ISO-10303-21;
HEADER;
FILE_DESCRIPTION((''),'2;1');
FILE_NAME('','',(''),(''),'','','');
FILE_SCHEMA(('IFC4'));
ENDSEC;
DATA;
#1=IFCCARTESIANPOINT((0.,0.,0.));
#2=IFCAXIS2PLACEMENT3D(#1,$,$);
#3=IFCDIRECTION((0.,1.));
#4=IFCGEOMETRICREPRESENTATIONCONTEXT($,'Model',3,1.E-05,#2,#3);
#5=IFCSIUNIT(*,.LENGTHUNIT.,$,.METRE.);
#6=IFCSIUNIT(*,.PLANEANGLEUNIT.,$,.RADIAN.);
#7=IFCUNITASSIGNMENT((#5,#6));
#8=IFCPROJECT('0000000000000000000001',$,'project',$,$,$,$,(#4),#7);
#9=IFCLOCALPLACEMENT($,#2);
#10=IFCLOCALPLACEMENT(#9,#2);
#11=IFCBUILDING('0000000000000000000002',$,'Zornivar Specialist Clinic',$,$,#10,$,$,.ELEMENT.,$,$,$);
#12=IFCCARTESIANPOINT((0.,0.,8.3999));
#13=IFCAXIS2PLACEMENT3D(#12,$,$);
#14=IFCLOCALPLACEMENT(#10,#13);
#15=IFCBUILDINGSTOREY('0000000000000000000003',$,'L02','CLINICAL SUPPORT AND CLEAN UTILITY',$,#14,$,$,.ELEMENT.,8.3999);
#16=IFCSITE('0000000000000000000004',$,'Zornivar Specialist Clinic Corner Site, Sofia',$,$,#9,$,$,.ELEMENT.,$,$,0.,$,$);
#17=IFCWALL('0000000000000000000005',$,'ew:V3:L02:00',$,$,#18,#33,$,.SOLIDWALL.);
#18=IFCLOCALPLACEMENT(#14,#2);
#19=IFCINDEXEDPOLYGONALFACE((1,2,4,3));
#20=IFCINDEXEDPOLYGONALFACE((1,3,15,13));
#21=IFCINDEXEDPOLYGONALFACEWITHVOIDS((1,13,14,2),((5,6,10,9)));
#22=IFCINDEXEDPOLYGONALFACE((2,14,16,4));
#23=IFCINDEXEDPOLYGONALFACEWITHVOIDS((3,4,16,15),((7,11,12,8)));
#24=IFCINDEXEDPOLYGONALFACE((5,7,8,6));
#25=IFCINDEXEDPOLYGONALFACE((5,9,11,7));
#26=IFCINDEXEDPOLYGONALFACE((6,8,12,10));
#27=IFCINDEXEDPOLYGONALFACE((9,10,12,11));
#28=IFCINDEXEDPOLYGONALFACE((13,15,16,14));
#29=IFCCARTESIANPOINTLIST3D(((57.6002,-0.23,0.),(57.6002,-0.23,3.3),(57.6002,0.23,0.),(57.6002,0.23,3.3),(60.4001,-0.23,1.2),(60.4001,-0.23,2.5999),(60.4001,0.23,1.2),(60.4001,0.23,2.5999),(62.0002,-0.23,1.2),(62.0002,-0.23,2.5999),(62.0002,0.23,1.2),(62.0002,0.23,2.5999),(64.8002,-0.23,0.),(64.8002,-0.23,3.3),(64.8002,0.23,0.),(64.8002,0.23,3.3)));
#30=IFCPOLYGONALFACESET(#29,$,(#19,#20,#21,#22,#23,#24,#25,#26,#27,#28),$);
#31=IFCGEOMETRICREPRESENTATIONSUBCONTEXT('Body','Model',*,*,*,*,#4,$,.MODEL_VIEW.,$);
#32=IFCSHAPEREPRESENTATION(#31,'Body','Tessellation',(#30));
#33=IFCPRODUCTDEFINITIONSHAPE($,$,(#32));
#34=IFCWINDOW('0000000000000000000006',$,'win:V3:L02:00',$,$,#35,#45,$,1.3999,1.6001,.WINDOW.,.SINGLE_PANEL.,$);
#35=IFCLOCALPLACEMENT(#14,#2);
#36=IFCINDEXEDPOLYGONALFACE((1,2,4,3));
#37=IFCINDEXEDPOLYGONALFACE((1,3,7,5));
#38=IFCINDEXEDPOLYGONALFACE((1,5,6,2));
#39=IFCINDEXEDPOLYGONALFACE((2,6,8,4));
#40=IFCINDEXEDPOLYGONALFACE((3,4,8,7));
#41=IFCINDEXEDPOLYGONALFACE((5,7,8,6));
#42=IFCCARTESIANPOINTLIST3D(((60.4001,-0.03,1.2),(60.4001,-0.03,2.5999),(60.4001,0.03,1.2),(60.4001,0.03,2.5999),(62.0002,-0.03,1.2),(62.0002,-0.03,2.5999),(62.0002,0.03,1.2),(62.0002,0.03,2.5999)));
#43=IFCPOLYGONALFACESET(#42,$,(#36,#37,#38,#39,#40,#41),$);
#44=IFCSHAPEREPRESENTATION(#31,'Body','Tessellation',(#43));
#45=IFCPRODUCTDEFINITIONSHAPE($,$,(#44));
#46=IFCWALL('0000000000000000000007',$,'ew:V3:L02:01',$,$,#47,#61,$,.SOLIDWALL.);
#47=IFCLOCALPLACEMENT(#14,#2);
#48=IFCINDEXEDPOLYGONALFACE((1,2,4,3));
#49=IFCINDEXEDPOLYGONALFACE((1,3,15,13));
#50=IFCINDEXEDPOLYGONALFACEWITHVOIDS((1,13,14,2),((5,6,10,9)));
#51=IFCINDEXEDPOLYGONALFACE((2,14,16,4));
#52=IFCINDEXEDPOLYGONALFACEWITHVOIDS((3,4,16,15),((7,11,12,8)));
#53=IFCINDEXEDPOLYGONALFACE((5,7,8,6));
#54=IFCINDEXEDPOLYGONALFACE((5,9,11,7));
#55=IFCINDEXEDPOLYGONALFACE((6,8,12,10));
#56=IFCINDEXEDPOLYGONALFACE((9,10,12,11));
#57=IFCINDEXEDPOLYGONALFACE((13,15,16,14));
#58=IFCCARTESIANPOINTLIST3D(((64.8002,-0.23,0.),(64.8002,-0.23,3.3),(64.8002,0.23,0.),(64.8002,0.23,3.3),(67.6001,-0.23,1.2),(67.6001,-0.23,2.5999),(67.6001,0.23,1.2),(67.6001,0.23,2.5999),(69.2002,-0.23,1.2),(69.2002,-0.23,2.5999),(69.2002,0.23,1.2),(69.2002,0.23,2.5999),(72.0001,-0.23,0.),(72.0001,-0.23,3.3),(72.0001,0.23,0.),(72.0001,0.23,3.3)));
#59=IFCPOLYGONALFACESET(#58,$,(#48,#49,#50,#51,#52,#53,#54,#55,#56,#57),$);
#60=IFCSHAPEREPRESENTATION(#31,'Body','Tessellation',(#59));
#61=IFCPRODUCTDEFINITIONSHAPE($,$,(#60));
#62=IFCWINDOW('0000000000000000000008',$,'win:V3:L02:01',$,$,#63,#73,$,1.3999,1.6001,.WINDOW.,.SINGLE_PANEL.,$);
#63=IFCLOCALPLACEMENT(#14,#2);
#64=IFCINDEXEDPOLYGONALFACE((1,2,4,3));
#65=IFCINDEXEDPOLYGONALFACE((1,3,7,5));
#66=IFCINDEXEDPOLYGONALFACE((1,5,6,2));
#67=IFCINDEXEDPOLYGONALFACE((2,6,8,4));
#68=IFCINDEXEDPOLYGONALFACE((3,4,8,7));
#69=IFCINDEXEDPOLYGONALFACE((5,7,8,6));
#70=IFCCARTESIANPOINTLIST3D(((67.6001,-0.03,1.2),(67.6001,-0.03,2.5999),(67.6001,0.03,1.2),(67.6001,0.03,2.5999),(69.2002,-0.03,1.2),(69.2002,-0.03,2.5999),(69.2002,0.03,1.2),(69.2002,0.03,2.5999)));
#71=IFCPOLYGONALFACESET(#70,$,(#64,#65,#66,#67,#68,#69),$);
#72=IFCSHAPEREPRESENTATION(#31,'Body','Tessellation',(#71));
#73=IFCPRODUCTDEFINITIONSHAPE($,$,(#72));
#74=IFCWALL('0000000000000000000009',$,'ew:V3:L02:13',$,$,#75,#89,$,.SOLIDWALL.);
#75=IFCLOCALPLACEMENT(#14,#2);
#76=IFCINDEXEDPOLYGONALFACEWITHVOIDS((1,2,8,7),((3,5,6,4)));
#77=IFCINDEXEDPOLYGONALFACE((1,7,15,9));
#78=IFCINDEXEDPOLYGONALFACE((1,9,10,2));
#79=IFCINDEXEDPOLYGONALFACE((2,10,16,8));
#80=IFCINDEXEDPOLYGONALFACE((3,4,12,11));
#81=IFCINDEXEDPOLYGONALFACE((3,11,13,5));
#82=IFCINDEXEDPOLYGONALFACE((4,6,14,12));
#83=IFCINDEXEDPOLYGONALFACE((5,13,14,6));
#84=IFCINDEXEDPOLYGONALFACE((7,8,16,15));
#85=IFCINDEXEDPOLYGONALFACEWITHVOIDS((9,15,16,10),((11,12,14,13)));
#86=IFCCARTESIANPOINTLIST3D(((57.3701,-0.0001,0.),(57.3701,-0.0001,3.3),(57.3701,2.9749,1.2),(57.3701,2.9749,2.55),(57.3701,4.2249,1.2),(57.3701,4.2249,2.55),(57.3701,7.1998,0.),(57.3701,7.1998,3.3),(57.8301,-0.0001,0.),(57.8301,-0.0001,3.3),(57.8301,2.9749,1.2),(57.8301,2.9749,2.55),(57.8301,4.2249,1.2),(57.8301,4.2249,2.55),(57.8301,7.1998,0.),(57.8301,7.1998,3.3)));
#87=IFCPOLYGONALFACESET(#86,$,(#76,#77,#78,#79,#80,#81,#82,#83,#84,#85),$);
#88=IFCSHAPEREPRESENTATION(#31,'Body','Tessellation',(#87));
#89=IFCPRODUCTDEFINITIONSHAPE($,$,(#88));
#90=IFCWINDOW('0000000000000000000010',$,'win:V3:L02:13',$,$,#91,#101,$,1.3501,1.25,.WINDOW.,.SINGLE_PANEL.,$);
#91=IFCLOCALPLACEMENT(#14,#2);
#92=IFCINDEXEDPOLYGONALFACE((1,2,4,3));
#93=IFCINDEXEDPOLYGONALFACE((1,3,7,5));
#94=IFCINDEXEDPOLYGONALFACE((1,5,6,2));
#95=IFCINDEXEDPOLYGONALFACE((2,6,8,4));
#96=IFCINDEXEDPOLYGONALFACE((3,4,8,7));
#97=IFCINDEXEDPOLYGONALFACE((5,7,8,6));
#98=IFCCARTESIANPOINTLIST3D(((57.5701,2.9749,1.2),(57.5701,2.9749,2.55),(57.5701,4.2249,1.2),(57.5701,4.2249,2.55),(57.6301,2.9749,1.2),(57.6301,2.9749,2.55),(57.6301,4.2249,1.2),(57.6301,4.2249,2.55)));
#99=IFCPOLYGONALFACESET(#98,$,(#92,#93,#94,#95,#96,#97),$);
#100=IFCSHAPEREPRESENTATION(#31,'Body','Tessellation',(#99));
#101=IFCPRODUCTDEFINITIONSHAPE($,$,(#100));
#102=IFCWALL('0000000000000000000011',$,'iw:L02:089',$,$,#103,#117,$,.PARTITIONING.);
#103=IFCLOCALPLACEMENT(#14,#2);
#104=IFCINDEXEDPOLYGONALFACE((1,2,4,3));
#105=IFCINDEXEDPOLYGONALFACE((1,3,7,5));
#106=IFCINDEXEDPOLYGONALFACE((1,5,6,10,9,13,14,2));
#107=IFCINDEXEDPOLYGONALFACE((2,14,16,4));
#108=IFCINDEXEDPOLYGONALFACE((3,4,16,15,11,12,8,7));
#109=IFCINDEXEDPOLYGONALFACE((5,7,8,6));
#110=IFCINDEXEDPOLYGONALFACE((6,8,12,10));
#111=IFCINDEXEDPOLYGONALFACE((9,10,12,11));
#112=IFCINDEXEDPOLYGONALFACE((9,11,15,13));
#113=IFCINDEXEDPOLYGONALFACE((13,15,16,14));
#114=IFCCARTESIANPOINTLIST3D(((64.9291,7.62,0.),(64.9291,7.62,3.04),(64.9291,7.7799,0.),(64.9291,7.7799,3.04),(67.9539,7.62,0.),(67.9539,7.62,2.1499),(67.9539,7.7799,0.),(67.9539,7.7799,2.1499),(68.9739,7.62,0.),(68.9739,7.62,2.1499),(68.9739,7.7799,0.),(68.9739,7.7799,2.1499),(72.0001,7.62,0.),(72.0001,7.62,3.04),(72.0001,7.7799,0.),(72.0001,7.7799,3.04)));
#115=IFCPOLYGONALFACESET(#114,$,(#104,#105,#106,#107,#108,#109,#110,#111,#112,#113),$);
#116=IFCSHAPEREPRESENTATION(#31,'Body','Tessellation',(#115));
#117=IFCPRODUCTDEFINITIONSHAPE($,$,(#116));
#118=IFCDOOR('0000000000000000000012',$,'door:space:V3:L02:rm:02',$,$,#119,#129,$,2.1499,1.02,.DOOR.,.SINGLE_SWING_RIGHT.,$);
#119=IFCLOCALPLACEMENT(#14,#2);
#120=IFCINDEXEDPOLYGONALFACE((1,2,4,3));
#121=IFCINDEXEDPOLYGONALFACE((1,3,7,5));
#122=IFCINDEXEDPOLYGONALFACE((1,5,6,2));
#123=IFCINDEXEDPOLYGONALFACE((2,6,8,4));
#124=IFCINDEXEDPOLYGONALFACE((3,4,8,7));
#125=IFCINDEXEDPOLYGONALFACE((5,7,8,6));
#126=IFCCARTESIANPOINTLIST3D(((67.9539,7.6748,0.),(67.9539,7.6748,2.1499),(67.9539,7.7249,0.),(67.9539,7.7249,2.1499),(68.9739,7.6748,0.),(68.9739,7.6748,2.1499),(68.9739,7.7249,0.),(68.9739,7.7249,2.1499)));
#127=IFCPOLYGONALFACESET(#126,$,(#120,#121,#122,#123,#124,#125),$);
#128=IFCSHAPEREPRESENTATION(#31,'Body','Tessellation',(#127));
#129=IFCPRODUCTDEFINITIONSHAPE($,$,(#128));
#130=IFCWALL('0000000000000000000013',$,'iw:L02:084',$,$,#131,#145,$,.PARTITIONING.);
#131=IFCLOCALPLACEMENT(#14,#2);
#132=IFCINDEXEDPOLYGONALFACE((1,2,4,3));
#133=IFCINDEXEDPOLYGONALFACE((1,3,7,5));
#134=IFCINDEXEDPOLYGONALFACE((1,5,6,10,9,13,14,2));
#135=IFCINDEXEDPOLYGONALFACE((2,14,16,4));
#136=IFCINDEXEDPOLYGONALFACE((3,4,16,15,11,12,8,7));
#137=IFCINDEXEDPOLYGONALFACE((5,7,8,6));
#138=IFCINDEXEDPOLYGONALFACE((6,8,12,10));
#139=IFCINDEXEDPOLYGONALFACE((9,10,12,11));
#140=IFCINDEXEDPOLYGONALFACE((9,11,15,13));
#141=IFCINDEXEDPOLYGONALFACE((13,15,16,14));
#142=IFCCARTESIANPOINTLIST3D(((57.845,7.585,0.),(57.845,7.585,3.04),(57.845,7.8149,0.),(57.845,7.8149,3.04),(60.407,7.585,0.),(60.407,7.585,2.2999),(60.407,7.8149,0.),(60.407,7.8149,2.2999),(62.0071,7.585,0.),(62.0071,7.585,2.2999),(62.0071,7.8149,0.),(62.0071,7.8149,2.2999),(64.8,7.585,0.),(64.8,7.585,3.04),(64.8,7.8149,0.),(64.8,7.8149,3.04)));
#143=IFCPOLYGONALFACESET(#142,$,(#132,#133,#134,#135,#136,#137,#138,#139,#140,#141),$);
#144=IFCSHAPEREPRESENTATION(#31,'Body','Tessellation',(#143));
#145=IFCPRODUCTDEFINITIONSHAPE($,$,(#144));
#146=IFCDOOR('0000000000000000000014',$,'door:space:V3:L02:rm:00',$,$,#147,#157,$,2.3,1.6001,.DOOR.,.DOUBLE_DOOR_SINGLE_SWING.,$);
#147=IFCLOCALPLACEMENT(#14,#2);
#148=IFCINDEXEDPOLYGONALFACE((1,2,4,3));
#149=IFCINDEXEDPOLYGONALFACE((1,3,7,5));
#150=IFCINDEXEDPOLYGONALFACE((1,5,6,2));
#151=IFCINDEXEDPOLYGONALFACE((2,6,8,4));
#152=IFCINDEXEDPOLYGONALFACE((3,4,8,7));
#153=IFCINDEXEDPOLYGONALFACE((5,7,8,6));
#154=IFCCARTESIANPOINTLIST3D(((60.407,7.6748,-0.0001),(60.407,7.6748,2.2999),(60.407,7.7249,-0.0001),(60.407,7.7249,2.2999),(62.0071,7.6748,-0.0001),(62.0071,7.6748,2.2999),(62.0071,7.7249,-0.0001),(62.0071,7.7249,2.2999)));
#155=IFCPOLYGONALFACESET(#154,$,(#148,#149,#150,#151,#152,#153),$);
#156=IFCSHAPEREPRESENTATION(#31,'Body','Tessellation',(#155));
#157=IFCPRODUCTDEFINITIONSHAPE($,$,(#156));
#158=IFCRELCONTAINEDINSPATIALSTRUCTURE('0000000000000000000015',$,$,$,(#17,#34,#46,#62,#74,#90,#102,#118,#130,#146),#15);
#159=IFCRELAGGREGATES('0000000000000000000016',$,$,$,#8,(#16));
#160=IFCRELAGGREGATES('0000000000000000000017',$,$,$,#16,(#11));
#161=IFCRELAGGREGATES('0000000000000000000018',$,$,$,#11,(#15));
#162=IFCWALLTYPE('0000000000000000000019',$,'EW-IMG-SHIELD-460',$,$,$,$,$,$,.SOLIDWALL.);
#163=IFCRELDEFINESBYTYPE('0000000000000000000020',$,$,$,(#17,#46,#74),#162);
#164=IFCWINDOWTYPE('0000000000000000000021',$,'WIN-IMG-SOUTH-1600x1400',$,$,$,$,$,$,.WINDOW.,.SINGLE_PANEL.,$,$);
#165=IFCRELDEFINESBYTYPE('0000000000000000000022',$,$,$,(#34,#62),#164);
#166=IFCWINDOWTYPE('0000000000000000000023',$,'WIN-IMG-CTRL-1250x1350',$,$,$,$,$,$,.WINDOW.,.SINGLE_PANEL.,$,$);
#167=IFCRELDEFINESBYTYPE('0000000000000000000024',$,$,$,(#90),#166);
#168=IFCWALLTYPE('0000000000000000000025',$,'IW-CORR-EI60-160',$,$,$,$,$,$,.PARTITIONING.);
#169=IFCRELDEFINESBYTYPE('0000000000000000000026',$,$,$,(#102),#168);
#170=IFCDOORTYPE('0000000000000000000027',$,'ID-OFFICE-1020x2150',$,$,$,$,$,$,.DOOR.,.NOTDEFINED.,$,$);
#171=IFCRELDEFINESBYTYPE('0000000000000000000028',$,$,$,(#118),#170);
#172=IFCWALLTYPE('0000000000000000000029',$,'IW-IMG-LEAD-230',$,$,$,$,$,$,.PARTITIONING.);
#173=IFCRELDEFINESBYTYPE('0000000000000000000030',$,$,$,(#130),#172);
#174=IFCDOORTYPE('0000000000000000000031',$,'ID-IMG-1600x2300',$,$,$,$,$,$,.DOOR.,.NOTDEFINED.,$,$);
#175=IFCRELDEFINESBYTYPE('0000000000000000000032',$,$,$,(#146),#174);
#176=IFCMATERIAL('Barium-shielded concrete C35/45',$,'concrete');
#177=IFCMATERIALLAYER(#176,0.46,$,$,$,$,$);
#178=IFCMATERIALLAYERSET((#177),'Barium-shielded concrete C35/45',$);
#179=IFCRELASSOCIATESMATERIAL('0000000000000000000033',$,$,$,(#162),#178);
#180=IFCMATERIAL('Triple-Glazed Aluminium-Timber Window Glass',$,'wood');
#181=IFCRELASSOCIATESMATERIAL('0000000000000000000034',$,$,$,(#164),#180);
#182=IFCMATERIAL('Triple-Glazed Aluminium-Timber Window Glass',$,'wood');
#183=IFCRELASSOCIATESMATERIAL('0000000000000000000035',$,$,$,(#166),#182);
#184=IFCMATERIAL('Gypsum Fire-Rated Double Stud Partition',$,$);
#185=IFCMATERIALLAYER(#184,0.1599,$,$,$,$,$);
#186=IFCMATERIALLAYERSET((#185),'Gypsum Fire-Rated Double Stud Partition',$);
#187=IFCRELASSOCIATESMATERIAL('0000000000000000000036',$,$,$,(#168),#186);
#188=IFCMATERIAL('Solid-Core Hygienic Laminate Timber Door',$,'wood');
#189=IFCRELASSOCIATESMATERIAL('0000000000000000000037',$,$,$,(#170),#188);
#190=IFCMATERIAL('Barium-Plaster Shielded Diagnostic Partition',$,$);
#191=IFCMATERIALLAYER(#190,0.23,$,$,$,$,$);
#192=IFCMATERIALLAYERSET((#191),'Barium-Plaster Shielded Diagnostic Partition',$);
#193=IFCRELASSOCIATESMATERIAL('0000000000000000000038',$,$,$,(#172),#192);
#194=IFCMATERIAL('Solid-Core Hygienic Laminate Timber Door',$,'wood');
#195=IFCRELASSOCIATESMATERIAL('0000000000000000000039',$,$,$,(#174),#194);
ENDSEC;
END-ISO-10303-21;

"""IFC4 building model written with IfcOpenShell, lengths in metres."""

from ifc_helpers import new_model, si_unit, direction, frame, frame_2d, origin, place, context, subcontext, project, spatial, rectangle, extrude, material, layer, layer_set, type_object, element, fill, save


model = new_model("IFC4")

# Units and contexts
model_context = context("Model", 3, precision=1e-05, world=origin(), true_north=direction((0.0, 1.0)))
body_context = subcontext(model_context, "Body", "Model", "MODEL_VIEW")
ifc_project = project(units=[si_unit("LENGTHUNIT", "METRE"), si_unit("PLANEANGLEUNIT", "RADIAN")], contexts=[model_context])

# Site, building, storey
site_placement = place(None, origin())
site = spatial("IfcSite", under=ifc_project, at=site_placement, Name="Zornivar Specialist Clinic Corner Site, Sofia", CompositionType="ELEMENT", RefElevation=0.0)
building_placement = place(site_placement, origin())
building = spatial("IfcBuilding", under=site, at=building_placement, Name="Zornivar Specialist Clinic", CompositionType="ELEMENT")
storey_placement = place(building_placement, frame((0.0, 0.0, 8.3999)))
storey = spatial("IfcBuildingStorey", under=building, at=storey_placement, Name="L02", Description="CLINICAL SUPPORT AND CLEAN UTILITY", CompositionType="ELEMENT", Elevation=8.3999)

# Walls, openings, windows
ifc_material_1 = material(Name="Barium-shielded concrete C35/45", Category="concrete")
ifc_layer_1 = layer(ifc_material_1, 0.46)
ifc_layer_set_1 = layer_set([ifc_layer_1], Name="Barium-shielded concrete C35/45")
wall_type_1 = type_object("IfcWallType", Name="EW-IMG-SHIELD-460", PredefinedType="SOLIDWALL", material=ifc_layer_set_1)
wall_1_placement = place(storey_placement, frame((57.6001, 0.0, 0.0), z_axis=(0.0, 0.0, 1.0), x_axis=(1.0, 0.0, 0.0)))
wall_1 = element("IfcWall", 1, at=wall_1_placement, inside=storey, type_object=wall_type_1, Name="ew:V3:L02:00", PredefinedType="SOLIDWALL", context=body_context, shape_type="SweptSolid", body=[
    extrude(rectangle(XDim=7.2, YDim=0.46, at=frame_2d((3.6001, 0.0))), origin(), (0.0, 0.0, 1.0), 3.3),
])
opening_1_placement = place(wall_1_placement, frame((2.8, 0.0, 1.2)))
opening_1 = element("IfcOpeningElement", 2, at=opening_1_placement, cuts=wall_1, PredefinedType="OPENING", context=body_context, shape_type="SweptSolid", body=[
    extrude(rectangle(XDim=1.6001, YDim=1.3999, at=frame_2d((0.8, 0.7))), frame((0.0, 0.24, 0.0), z_axis=(0.0, -1.0, 0.0), x_axis=(1.0, 0.0, 0.0)), (0.0, 0.0, 1.0), 0.48),
])
ifc_material_2 = material(Name="Triple-Glazed Aluminium-Timber Window Glass", Category="wood")
window_type_1 = type_object("IfcWindowType", Name="WIN-IMG-SOUTH-1600x1400", PartitioningType="SINGLE_PANEL", PredefinedType="WINDOW", material=ifc_material_2)
window_1_placement = place(opening_1_placement, origin())
window_1 = element("IfcWindow", 3, at=window_1_placement, inside=storey, type_object=window_type_1, Name="win:V3:L02:00", OverallHeight=1.3999, OverallWidth=1.6001, PartitioningType="SINGLE_PANEL", PredefinedType="WINDOW", context=body_context, shape_type="SweptSolid", body=[
    extrude(rectangle(XDim=1.6001, YDim=1.3999, at=frame_2d((0.8, 0.7))), frame((0.0, 0.03, 0.0), z_axis=(0.0, -1.0, 0.0), x_axis=(1.0, 0.0, 0.0)), (0.0, 0.0, 1.0), 0.0601),
])
fill(opening_1, window_1)
wall_2_placement = place(storey_placement, frame((64.8, 0.0, 0.0), z_axis=(0.0, 0.0, 1.0), x_axis=(1.0, 0.0, 0.0)))
wall_2 = element("IfcWall", 4, at=wall_2_placement, inside=storey, type_object=wall_type_1, Name="ew:V3:L02:01", PredefinedType="SOLIDWALL", context=body_context, shape_type="SweptSolid", body=[
    extrude(rectangle(XDim=7.2, YDim=0.46, at=frame_2d((3.6001, 0.0))), origin(), (0.0, 0.0, 1.0), 3.3),
])
opening_2_placement = place(wall_2_placement, frame((2.8, 0.0, 1.2)))
opening_2 = element("IfcOpeningElement", 5, at=opening_2_placement, cuts=wall_2, PredefinedType="OPENING", context=body_context, shape_type="SweptSolid", body=[
    extrude(rectangle(XDim=1.6001, YDim=1.3999, at=frame_2d((0.8, 0.7))), frame((0.0, 0.24, 0.0), z_axis=(0.0, -1.0, 0.0), x_axis=(1.0, 0.0, 0.0)), (0.0, 0.0, 1.0), 0.48),
])
window_2_placement = place(opening_2_placement, origin())
window_2 = element("IfcWindow", 6, at=window_2_placement, inside=storey, type_object=window_type_1, Name="win:V3:L02:01", OverallHeight=1.3999, OverallWidth=1.6001, PartitioningType="SINGLE_PANEL", PredefinedType="WINDOW", context=body_context, shape_type="SweptSolid", body=[
    extrude(rectangle(XDim=1.6001, YDim=1.3999, at=frame_2d((0.8, 0.7))), frame((0.0, 0.03, 0.0), z_axis=(0.0, -1.0, 0.0), x_axis=(1.0, 0.0, 0.0)), (0.0, 0.0, 1.0), 0.0601),
])
fill(opening_2, window_2)
wall_3_placement = place(storey_placement, frame((57.6001, 7.2, 0.0), z_axis=(0.0, 0.0, 1.0), x_axis=(0.0, -1.0, 0.0)))
wall_3 = element("IfcWall", 7, at=wall_3_placement, inside=storey, type_object=wall_type_1, Name="ew:V3:L02:13", PredefinedType="SOLIDWALL", context=body_context, shape_type="SweptSolid", body=[
    extrude(rectangle(XDim=7.2, YDim=0.46, at=frame_2d((3.6001, 0.0))), origin(), (0.0, 0.0, 1.0), 3.3),
])
opening_3_placement = place(wall_3_placement, frame((2.9751, 0.0, 1.2)))
opening_3 = element("IfcOpeningElement", 8, at=opening_3_placement, cuts=wall_3, PredefinedType="OPENING", context=body_context, shape_type="SweptSolid", body=[
    extrude(rectangle(XDim=1.25, YDim=1.3501, at=frame_2d((0.625, 0.675))), frame((0.0, 0.24, 0.0), z_axis=(0.0, -1.0, 0.0), x_axis=(1.0, 0.0, 0.0)), (0.0, 0.0, 1.0), 0.48),
])
ifc_material_3 = material(Name="Triple-Glazed Aluminium-Timber Window Glass", Category="wood")
window_type_2 = type_object("IfcWindowType", Name="WIN-IMG-CTRL-1250x1350", PartitioningType="SINGLE_PANEL", PredefinedType="WINDOW", material=ifc_material_3)
window_3_placement = place(opening_3_placement, origin())
window_3 = element("IfcWindow", 9, at=window_3_placement, inside=storey, type_object=window_type_2, Name="win:V3:L02:13", OverallHeight=1.3501, OverallWidth=1.25, PartitioningType="SINGLE_PANEL", PredefinedType="WINDOW", context=body_context, shape_type="SweptSolid", body=[
    extrude(rectangle(XDim=1.25, YDim=1.3501, at=frame_2d((0.625, 0.675))), frame((0.0, 0.03, 0.0), z_axis=(0.0, -1.0, 0.0), x_axis=(1.0, 0.0, 0.0)), (0.0, 0.0, 1.0), 0.0601),
])
fill(opening_3, window_3)

# Walls, openings, doors
ifc_material_4 = material(Name="Gypsum Fire-Rated Double Stud Partition")
ifc_layer_2 = layer(ifc_material_4, 0.1599)
ifc_layer_set_2 = layer_set([ifc_layer_2], Name="Gypsum Fire-Rated Double Stud Partition")
wall_type_2 = type_object("IfcWallType", Name="IW-CORR-EI60-160", PredefinedType="PARTITIONING", material=ifc_layer_set_2)
wall_4_placement = place(storey_placement, frame((64.929, 7.7, 0.0), z_axis=(0.0, 0.0, 1.0), x_axis=(1.0, 0.0, 0.0)))
wall_4 = element("IfcWall", 10, at=wall_4_placement, inside=storey, type_object=wall_type_2, Name="iw:L02:089", PredefinedType="PARTITIONING", context=body_context, shape_type="SweptSolid", body=[
    extrude(rectangle(XDim=7.071, YDim=0.1599, at=frame_2d((3.5356, 0.0))), origin(), (0.0, 0.0, 1.0), 3.04),
])
opening_4_placement = place(wall_4_placement, frame((3.0249, 0.0, 0.0)))
opening_4 = element("IfcOpeningElement", 11, at=opening_4_placement, cuts=wall_4, PredefinedType="OPENING", context=body_context, shape_type="SweptSolid", body=[
    extrude(rectangle(XDim=1.02, YDim=2.1499, at=frame_2d((0.51, 1.075))), frame((0.0, 0.0898, 0.0), z_axis=(0.0, -1.0, 0.0), x_axis=(1.0, 0.0, 0.0)), (0.0, 0.0, 1.0), 0.1799),
])
ifc_material_5 = material(Name="Solid-Core Hygienic Laminate Timber Door", Category="wood")
door_type_1 = type_object("IfcDoorType", Name="ID-OFFICE-1020x2150", OperationType="NOTDEFINED", PredefinedType="DOOR", material=ifc_material_5)
door_1_placement = place(opening_4_placement, origin())
door_1 = element("IfcDoor", 12, at=door_1_placement, inside=storey, type_object=door_type_1, Name="door:space:V3:L02:rm:02", OperationType="SINGLE_SWING_RIGHT", OverallHeight=2.1499, OverallWidth=1.02, PredefinedType="DOOR", context=body_context, shape_type="SweptSolid", body=[
    extrude(rectangle(XDim=1.02, YDim=2.1499, at=frame_2d((0.51, 1.075))), frame((0.0, 0.0249, 0.0), z_axis=(0.0, -1.0, 0.0), x_axis=(1.0, 0.0, 0.0)), (0.0, 0.0, 1.0), 0.05),
])
fill(opening_4, door_1)
ifc_material_6 = material(Name="Barium-Plaster Shielded Diagnostic Partition")
ifc_layer_3 = layer(ifc_material_6, 0.23)
ifc_layer_set_3 = layer_set([ifc_layer_3], Name="Barium-Plaster Shielded Diagnostic Partition")
wall_type_3 = type_object("IfcWallType", Name="IW-IMG-LEAD-230", PredefinedType="PARTITIONING", material=ifc_layer_set_3)
wall_5_placement = place(storey_placement, frame((57.845, 7.7, 0.0), z_axis=(0.0, 0.0, 1.0), x_axis=(1.0, 0.0, 0.0)))
wall_5 = element("IfcWall", 13, at=wall_5_placement, inside=storey, type_object=wall_type_3, Name="iw:L02:084", PredefinedType="PARTITIONING", context=body_context, shape_type="SweptSolid", body=[
    extrude(rectangle(XDim=6.9551, YDim=0.23, at=frame_2d((3.4775, 0.0))), origin(), (0.0, 0.0, 1.0), 3.04),
])
opening_5_placement = place(wall_5_placement, frame((2.562, 0.0, 0.0)))
opening_5 = element("IfcOpeningElement", 14, at=opening_5_placement, cuts=wall_5, PredefinedType="OPENING", context=body_context, shape_type="SweptSolid", body=[
    extrude(rectangle(XDim=1.6001, YDim=2.3, at=frame_2d((0.8, 1.1499))), frame((0.0, 0.125, 0.0), z_axis=(0.0, -1.0, 0.0), x_axis=(1.0, 0.0, 0.0)), (0.0, 0.0, 1.0), 0.25),
])
ifc_material_7 = material(Name="Solid-Core Hygienic Laminate Timber Door", Category="wood")
door_type_2 = type_object("IfcDoorType", Name="ID-IMG-1600x2300", OperationType="NOTDEFINED", PredefinedType="DOOR", material=ifc_material_7)
door_2_placement = place(opening_5_placement, origin())
door_2 = element("IfcDoor", 15, at=door_2_placement, inside=storey, type_object=door_type_2, Name="door:space:V3:L02:rm:00", OperationType="DOUBLE_DOOR_SINGLE_SWING", OverallHeight=2.3, OverallWidth=1.6001, PredefinedType="DOOR", context=body_context, shape_type="SweptSolid", body=[
    extrude(rectangle(XDim=1.6001, YDim=2.3, at=frame_2d((0.8, 1.1499))), frame((0.0, 0.0249, 0.0), z_axis=(0.0, -1.0, 0.0), x_axis=(1.0, 0.0, 0.0)), (0.0, 0.0, 1.0), 0.05),
])
fill(opening_5, door_2)

save(model, "model.ifc")
